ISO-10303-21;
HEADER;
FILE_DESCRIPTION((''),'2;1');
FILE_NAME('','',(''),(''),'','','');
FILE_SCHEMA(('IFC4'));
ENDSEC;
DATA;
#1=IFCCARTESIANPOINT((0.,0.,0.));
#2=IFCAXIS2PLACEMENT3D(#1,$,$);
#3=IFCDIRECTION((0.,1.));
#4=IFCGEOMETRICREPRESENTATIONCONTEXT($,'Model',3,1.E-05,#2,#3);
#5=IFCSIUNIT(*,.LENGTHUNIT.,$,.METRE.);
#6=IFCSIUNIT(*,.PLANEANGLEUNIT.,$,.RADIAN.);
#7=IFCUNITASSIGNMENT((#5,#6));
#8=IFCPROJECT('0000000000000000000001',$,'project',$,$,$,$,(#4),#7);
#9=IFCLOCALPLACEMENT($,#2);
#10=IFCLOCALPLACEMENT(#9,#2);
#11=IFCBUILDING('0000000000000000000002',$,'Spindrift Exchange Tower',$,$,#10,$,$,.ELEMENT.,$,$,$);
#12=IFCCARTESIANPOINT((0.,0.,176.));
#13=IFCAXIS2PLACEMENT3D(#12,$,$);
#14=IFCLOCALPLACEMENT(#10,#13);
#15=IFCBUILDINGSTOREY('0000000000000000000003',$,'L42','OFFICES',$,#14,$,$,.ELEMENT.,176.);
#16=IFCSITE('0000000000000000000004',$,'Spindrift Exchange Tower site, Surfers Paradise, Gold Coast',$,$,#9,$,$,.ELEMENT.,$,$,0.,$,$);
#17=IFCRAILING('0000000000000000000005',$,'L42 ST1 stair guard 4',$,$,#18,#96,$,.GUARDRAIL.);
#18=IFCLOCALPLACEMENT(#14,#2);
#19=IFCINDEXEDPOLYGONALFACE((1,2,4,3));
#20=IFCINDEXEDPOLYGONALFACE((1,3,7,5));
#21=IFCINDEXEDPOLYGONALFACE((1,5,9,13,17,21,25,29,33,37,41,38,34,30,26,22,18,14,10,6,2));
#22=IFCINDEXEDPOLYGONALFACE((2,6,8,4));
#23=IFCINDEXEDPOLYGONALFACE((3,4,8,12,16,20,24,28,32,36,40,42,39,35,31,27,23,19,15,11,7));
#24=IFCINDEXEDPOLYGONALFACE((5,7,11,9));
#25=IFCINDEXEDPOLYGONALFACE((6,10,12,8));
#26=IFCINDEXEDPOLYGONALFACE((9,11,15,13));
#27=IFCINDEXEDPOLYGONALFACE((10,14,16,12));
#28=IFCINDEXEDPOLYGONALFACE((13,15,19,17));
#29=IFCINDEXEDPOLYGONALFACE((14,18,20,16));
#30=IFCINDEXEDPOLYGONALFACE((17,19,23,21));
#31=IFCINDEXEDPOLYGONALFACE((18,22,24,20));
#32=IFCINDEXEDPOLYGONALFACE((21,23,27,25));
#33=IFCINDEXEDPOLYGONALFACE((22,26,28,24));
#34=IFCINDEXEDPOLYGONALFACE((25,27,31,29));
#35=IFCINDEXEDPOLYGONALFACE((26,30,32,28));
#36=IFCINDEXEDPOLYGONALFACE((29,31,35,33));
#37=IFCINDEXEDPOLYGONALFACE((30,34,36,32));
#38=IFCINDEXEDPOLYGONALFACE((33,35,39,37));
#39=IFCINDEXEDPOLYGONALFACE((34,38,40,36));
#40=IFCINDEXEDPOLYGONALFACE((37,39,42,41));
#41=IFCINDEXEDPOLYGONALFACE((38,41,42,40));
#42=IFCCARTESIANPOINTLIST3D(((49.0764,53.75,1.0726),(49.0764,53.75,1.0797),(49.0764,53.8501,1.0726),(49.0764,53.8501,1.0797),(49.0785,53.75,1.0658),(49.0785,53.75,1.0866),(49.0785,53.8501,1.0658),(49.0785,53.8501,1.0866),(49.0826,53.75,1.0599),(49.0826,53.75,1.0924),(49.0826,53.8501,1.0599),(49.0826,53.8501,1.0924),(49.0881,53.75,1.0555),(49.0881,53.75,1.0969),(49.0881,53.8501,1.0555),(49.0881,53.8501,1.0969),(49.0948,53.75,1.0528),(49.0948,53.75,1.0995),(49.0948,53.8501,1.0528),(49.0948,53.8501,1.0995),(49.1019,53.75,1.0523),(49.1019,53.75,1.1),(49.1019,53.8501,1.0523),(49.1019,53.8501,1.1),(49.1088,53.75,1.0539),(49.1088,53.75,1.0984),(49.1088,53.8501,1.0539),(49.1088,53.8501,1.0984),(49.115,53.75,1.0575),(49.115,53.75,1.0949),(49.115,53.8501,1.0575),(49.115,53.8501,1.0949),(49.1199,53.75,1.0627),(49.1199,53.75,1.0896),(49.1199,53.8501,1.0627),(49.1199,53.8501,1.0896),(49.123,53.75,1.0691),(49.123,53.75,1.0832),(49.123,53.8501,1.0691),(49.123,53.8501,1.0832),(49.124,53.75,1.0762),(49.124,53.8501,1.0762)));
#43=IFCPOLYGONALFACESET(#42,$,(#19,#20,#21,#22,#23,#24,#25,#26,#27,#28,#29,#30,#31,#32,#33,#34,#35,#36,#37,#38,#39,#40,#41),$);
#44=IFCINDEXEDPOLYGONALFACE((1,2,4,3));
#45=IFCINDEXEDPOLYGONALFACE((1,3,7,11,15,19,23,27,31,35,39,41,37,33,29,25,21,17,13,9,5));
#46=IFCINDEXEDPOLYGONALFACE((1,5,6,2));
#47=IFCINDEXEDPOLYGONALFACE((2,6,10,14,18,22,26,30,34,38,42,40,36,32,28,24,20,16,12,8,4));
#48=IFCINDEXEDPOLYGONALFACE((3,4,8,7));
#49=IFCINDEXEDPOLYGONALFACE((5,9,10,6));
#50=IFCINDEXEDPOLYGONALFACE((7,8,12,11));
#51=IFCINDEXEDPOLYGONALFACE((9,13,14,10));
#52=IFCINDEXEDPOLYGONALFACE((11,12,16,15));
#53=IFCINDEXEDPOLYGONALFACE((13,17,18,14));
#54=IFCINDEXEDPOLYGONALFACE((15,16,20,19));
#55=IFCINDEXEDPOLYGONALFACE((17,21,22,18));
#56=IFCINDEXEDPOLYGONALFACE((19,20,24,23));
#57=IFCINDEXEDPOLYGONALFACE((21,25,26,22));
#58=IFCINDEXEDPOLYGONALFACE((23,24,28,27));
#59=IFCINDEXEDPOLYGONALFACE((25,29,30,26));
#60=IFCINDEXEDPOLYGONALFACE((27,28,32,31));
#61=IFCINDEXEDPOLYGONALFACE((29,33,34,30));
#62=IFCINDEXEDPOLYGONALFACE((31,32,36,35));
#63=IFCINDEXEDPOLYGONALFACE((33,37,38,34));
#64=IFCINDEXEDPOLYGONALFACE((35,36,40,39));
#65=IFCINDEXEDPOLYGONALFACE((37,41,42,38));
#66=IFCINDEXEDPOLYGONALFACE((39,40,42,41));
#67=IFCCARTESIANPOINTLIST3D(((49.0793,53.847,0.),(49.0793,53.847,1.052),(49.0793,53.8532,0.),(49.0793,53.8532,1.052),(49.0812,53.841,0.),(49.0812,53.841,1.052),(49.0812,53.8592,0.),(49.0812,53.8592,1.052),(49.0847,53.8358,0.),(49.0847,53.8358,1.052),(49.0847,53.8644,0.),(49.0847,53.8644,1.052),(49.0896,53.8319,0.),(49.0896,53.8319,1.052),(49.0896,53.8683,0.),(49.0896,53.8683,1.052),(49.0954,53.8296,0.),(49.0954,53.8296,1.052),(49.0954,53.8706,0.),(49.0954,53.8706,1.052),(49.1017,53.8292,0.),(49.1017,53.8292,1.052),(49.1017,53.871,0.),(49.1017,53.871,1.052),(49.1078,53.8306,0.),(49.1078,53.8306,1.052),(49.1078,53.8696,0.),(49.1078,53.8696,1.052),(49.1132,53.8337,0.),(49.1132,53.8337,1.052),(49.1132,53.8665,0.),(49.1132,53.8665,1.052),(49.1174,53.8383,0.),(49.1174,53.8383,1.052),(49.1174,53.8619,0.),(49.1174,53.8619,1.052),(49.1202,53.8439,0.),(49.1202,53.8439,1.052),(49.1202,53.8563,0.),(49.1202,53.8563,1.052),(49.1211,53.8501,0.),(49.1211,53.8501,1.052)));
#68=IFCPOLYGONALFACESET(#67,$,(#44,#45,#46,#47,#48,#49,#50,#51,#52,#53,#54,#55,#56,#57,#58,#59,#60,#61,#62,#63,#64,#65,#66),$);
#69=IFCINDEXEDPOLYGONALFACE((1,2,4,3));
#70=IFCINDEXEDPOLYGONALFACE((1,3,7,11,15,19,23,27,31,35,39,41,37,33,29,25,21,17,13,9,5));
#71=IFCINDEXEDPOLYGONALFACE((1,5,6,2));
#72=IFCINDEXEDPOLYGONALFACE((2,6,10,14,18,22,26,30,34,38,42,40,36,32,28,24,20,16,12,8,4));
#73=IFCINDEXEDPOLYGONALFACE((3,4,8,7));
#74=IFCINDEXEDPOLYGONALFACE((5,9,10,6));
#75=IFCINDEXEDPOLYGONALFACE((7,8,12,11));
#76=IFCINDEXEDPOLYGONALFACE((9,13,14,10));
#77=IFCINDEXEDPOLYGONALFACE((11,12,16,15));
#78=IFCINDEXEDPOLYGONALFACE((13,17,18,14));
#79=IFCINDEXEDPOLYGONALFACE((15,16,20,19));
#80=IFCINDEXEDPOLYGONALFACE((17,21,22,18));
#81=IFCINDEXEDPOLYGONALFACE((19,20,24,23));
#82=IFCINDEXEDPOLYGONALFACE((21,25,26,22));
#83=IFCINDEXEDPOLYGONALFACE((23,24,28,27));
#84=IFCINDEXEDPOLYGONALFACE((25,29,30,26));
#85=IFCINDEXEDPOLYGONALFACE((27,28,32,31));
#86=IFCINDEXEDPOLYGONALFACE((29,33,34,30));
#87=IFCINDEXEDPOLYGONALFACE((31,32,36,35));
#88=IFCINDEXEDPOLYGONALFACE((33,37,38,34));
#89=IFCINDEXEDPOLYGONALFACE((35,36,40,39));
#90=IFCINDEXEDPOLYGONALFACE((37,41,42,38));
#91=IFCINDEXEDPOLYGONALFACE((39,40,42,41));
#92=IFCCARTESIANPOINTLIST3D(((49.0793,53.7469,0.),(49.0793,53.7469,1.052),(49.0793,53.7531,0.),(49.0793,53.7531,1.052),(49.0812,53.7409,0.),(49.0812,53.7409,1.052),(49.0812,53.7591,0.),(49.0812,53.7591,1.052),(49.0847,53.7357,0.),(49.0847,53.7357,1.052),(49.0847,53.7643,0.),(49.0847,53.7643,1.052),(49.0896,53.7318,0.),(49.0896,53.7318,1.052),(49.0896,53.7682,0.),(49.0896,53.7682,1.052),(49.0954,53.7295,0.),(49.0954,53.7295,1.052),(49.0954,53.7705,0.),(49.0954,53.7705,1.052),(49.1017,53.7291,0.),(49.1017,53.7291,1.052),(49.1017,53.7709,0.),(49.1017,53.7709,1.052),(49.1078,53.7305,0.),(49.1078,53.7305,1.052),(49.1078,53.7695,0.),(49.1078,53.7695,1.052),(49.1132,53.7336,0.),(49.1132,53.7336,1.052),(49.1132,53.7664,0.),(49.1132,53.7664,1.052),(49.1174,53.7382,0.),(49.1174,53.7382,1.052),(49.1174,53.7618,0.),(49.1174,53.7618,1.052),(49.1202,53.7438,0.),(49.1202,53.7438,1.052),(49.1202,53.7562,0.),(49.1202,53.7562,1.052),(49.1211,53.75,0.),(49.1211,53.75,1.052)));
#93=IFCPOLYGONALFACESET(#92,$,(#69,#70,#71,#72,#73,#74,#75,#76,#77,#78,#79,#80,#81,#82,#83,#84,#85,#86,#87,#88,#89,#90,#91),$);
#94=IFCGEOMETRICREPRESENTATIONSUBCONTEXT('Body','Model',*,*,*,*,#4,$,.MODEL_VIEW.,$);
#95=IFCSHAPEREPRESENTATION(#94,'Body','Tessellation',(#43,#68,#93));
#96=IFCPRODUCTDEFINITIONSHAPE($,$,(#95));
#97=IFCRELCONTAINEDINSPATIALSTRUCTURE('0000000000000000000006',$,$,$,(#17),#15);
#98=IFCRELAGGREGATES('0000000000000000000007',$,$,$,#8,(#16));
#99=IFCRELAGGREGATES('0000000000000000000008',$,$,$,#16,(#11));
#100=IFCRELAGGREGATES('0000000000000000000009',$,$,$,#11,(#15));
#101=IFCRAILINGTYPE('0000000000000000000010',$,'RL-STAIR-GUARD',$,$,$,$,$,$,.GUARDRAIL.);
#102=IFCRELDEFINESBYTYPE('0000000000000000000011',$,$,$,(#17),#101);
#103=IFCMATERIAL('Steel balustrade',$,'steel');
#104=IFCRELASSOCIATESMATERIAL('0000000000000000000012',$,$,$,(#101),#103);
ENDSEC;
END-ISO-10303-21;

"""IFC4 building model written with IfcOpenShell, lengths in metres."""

from ifc_helpers import new_model, si_unit, direction, frame, origin, origin_2d, place, context, subcontext, project, spatial, circle, extrude, material, type_object, element, save


model = new_model("IFC4")

# Units and contexts
model_context = context("Model", 3, precision=1e-05, world=origin(), true_north=direction((0.0, 1.0)))
body_context = subcontext(model_context, "Body", "Model", "MODEL_VIEW")
ifc_project = project(units=[si_unit("LENGTHUNIT", "METRE"), si_unit("PLANEANGLEUNIT", "RADIAN")], contexts=[model_context])

# Site, building, storey
site_placement = place(None, origin())
site = spatial("IfcSite", under=ifc_project, at=site_placement, Name="Spindrift Exchange Tower site, Surfers Paradise, Gold Coast", CompositionType="ELEMENT", RefElevation=0.0)
building_placement = place(site_placement, origin())
building = spatial("IfcBuilding", under=site, at=building_placement, Name="Spindrift Exchange Tower", CompositionType="ELEMENT")
storey_placement = place(building_placement, frame((0.0, 0.0, 176.0)))
storey = spatial("IfcBuildingStorey", under=building, at=storey_placement, Name="L42", Description="OFFICES", CompositionType="ELEMENT", Elevation=176.0)

# Railing
ifc_material_1 = material(Name="Steel balustrade", Category="steel")
railing_type_1 = type_object("IfcRailingType", Name="RL-STAIR-GUARD", PredefinedType="GUARDRAIL", material=ifc_material_1)
railing_1_placement = place(storey_placement, frame((49.1001, 53.8501, 0.0)))
element("IfcRailing", 1, at=railing_1_placement, inside=storey, type_object=railing_type_1, Name="L42 ST1 stair guard 4", PredefinedType="GUARDRAIL", context=body_context, shape_type="SweptSolid", body=[
    extrude(circle(Radius=0.0239, at=origin_2d()), frame((0.0, 0.0, 1.0762), z_axis=(0.0, -1.0, 0.0), x_axis=(1.0, 0.0, 0.0)), (0.0, 0.0, 1.0), 0.1001),
    extrude(circle(Radius=0.021, at=origin_2d()), origin(), (0.0, 0.0, 1.0), 1.052),
    extrude(circle(Radius=0.021, at=origin_2d()), frame((0.0, -0.1001, 0.0)), (0.0, 0.0, 1.0), 1.052),
])

save(model, "model.ifc")
